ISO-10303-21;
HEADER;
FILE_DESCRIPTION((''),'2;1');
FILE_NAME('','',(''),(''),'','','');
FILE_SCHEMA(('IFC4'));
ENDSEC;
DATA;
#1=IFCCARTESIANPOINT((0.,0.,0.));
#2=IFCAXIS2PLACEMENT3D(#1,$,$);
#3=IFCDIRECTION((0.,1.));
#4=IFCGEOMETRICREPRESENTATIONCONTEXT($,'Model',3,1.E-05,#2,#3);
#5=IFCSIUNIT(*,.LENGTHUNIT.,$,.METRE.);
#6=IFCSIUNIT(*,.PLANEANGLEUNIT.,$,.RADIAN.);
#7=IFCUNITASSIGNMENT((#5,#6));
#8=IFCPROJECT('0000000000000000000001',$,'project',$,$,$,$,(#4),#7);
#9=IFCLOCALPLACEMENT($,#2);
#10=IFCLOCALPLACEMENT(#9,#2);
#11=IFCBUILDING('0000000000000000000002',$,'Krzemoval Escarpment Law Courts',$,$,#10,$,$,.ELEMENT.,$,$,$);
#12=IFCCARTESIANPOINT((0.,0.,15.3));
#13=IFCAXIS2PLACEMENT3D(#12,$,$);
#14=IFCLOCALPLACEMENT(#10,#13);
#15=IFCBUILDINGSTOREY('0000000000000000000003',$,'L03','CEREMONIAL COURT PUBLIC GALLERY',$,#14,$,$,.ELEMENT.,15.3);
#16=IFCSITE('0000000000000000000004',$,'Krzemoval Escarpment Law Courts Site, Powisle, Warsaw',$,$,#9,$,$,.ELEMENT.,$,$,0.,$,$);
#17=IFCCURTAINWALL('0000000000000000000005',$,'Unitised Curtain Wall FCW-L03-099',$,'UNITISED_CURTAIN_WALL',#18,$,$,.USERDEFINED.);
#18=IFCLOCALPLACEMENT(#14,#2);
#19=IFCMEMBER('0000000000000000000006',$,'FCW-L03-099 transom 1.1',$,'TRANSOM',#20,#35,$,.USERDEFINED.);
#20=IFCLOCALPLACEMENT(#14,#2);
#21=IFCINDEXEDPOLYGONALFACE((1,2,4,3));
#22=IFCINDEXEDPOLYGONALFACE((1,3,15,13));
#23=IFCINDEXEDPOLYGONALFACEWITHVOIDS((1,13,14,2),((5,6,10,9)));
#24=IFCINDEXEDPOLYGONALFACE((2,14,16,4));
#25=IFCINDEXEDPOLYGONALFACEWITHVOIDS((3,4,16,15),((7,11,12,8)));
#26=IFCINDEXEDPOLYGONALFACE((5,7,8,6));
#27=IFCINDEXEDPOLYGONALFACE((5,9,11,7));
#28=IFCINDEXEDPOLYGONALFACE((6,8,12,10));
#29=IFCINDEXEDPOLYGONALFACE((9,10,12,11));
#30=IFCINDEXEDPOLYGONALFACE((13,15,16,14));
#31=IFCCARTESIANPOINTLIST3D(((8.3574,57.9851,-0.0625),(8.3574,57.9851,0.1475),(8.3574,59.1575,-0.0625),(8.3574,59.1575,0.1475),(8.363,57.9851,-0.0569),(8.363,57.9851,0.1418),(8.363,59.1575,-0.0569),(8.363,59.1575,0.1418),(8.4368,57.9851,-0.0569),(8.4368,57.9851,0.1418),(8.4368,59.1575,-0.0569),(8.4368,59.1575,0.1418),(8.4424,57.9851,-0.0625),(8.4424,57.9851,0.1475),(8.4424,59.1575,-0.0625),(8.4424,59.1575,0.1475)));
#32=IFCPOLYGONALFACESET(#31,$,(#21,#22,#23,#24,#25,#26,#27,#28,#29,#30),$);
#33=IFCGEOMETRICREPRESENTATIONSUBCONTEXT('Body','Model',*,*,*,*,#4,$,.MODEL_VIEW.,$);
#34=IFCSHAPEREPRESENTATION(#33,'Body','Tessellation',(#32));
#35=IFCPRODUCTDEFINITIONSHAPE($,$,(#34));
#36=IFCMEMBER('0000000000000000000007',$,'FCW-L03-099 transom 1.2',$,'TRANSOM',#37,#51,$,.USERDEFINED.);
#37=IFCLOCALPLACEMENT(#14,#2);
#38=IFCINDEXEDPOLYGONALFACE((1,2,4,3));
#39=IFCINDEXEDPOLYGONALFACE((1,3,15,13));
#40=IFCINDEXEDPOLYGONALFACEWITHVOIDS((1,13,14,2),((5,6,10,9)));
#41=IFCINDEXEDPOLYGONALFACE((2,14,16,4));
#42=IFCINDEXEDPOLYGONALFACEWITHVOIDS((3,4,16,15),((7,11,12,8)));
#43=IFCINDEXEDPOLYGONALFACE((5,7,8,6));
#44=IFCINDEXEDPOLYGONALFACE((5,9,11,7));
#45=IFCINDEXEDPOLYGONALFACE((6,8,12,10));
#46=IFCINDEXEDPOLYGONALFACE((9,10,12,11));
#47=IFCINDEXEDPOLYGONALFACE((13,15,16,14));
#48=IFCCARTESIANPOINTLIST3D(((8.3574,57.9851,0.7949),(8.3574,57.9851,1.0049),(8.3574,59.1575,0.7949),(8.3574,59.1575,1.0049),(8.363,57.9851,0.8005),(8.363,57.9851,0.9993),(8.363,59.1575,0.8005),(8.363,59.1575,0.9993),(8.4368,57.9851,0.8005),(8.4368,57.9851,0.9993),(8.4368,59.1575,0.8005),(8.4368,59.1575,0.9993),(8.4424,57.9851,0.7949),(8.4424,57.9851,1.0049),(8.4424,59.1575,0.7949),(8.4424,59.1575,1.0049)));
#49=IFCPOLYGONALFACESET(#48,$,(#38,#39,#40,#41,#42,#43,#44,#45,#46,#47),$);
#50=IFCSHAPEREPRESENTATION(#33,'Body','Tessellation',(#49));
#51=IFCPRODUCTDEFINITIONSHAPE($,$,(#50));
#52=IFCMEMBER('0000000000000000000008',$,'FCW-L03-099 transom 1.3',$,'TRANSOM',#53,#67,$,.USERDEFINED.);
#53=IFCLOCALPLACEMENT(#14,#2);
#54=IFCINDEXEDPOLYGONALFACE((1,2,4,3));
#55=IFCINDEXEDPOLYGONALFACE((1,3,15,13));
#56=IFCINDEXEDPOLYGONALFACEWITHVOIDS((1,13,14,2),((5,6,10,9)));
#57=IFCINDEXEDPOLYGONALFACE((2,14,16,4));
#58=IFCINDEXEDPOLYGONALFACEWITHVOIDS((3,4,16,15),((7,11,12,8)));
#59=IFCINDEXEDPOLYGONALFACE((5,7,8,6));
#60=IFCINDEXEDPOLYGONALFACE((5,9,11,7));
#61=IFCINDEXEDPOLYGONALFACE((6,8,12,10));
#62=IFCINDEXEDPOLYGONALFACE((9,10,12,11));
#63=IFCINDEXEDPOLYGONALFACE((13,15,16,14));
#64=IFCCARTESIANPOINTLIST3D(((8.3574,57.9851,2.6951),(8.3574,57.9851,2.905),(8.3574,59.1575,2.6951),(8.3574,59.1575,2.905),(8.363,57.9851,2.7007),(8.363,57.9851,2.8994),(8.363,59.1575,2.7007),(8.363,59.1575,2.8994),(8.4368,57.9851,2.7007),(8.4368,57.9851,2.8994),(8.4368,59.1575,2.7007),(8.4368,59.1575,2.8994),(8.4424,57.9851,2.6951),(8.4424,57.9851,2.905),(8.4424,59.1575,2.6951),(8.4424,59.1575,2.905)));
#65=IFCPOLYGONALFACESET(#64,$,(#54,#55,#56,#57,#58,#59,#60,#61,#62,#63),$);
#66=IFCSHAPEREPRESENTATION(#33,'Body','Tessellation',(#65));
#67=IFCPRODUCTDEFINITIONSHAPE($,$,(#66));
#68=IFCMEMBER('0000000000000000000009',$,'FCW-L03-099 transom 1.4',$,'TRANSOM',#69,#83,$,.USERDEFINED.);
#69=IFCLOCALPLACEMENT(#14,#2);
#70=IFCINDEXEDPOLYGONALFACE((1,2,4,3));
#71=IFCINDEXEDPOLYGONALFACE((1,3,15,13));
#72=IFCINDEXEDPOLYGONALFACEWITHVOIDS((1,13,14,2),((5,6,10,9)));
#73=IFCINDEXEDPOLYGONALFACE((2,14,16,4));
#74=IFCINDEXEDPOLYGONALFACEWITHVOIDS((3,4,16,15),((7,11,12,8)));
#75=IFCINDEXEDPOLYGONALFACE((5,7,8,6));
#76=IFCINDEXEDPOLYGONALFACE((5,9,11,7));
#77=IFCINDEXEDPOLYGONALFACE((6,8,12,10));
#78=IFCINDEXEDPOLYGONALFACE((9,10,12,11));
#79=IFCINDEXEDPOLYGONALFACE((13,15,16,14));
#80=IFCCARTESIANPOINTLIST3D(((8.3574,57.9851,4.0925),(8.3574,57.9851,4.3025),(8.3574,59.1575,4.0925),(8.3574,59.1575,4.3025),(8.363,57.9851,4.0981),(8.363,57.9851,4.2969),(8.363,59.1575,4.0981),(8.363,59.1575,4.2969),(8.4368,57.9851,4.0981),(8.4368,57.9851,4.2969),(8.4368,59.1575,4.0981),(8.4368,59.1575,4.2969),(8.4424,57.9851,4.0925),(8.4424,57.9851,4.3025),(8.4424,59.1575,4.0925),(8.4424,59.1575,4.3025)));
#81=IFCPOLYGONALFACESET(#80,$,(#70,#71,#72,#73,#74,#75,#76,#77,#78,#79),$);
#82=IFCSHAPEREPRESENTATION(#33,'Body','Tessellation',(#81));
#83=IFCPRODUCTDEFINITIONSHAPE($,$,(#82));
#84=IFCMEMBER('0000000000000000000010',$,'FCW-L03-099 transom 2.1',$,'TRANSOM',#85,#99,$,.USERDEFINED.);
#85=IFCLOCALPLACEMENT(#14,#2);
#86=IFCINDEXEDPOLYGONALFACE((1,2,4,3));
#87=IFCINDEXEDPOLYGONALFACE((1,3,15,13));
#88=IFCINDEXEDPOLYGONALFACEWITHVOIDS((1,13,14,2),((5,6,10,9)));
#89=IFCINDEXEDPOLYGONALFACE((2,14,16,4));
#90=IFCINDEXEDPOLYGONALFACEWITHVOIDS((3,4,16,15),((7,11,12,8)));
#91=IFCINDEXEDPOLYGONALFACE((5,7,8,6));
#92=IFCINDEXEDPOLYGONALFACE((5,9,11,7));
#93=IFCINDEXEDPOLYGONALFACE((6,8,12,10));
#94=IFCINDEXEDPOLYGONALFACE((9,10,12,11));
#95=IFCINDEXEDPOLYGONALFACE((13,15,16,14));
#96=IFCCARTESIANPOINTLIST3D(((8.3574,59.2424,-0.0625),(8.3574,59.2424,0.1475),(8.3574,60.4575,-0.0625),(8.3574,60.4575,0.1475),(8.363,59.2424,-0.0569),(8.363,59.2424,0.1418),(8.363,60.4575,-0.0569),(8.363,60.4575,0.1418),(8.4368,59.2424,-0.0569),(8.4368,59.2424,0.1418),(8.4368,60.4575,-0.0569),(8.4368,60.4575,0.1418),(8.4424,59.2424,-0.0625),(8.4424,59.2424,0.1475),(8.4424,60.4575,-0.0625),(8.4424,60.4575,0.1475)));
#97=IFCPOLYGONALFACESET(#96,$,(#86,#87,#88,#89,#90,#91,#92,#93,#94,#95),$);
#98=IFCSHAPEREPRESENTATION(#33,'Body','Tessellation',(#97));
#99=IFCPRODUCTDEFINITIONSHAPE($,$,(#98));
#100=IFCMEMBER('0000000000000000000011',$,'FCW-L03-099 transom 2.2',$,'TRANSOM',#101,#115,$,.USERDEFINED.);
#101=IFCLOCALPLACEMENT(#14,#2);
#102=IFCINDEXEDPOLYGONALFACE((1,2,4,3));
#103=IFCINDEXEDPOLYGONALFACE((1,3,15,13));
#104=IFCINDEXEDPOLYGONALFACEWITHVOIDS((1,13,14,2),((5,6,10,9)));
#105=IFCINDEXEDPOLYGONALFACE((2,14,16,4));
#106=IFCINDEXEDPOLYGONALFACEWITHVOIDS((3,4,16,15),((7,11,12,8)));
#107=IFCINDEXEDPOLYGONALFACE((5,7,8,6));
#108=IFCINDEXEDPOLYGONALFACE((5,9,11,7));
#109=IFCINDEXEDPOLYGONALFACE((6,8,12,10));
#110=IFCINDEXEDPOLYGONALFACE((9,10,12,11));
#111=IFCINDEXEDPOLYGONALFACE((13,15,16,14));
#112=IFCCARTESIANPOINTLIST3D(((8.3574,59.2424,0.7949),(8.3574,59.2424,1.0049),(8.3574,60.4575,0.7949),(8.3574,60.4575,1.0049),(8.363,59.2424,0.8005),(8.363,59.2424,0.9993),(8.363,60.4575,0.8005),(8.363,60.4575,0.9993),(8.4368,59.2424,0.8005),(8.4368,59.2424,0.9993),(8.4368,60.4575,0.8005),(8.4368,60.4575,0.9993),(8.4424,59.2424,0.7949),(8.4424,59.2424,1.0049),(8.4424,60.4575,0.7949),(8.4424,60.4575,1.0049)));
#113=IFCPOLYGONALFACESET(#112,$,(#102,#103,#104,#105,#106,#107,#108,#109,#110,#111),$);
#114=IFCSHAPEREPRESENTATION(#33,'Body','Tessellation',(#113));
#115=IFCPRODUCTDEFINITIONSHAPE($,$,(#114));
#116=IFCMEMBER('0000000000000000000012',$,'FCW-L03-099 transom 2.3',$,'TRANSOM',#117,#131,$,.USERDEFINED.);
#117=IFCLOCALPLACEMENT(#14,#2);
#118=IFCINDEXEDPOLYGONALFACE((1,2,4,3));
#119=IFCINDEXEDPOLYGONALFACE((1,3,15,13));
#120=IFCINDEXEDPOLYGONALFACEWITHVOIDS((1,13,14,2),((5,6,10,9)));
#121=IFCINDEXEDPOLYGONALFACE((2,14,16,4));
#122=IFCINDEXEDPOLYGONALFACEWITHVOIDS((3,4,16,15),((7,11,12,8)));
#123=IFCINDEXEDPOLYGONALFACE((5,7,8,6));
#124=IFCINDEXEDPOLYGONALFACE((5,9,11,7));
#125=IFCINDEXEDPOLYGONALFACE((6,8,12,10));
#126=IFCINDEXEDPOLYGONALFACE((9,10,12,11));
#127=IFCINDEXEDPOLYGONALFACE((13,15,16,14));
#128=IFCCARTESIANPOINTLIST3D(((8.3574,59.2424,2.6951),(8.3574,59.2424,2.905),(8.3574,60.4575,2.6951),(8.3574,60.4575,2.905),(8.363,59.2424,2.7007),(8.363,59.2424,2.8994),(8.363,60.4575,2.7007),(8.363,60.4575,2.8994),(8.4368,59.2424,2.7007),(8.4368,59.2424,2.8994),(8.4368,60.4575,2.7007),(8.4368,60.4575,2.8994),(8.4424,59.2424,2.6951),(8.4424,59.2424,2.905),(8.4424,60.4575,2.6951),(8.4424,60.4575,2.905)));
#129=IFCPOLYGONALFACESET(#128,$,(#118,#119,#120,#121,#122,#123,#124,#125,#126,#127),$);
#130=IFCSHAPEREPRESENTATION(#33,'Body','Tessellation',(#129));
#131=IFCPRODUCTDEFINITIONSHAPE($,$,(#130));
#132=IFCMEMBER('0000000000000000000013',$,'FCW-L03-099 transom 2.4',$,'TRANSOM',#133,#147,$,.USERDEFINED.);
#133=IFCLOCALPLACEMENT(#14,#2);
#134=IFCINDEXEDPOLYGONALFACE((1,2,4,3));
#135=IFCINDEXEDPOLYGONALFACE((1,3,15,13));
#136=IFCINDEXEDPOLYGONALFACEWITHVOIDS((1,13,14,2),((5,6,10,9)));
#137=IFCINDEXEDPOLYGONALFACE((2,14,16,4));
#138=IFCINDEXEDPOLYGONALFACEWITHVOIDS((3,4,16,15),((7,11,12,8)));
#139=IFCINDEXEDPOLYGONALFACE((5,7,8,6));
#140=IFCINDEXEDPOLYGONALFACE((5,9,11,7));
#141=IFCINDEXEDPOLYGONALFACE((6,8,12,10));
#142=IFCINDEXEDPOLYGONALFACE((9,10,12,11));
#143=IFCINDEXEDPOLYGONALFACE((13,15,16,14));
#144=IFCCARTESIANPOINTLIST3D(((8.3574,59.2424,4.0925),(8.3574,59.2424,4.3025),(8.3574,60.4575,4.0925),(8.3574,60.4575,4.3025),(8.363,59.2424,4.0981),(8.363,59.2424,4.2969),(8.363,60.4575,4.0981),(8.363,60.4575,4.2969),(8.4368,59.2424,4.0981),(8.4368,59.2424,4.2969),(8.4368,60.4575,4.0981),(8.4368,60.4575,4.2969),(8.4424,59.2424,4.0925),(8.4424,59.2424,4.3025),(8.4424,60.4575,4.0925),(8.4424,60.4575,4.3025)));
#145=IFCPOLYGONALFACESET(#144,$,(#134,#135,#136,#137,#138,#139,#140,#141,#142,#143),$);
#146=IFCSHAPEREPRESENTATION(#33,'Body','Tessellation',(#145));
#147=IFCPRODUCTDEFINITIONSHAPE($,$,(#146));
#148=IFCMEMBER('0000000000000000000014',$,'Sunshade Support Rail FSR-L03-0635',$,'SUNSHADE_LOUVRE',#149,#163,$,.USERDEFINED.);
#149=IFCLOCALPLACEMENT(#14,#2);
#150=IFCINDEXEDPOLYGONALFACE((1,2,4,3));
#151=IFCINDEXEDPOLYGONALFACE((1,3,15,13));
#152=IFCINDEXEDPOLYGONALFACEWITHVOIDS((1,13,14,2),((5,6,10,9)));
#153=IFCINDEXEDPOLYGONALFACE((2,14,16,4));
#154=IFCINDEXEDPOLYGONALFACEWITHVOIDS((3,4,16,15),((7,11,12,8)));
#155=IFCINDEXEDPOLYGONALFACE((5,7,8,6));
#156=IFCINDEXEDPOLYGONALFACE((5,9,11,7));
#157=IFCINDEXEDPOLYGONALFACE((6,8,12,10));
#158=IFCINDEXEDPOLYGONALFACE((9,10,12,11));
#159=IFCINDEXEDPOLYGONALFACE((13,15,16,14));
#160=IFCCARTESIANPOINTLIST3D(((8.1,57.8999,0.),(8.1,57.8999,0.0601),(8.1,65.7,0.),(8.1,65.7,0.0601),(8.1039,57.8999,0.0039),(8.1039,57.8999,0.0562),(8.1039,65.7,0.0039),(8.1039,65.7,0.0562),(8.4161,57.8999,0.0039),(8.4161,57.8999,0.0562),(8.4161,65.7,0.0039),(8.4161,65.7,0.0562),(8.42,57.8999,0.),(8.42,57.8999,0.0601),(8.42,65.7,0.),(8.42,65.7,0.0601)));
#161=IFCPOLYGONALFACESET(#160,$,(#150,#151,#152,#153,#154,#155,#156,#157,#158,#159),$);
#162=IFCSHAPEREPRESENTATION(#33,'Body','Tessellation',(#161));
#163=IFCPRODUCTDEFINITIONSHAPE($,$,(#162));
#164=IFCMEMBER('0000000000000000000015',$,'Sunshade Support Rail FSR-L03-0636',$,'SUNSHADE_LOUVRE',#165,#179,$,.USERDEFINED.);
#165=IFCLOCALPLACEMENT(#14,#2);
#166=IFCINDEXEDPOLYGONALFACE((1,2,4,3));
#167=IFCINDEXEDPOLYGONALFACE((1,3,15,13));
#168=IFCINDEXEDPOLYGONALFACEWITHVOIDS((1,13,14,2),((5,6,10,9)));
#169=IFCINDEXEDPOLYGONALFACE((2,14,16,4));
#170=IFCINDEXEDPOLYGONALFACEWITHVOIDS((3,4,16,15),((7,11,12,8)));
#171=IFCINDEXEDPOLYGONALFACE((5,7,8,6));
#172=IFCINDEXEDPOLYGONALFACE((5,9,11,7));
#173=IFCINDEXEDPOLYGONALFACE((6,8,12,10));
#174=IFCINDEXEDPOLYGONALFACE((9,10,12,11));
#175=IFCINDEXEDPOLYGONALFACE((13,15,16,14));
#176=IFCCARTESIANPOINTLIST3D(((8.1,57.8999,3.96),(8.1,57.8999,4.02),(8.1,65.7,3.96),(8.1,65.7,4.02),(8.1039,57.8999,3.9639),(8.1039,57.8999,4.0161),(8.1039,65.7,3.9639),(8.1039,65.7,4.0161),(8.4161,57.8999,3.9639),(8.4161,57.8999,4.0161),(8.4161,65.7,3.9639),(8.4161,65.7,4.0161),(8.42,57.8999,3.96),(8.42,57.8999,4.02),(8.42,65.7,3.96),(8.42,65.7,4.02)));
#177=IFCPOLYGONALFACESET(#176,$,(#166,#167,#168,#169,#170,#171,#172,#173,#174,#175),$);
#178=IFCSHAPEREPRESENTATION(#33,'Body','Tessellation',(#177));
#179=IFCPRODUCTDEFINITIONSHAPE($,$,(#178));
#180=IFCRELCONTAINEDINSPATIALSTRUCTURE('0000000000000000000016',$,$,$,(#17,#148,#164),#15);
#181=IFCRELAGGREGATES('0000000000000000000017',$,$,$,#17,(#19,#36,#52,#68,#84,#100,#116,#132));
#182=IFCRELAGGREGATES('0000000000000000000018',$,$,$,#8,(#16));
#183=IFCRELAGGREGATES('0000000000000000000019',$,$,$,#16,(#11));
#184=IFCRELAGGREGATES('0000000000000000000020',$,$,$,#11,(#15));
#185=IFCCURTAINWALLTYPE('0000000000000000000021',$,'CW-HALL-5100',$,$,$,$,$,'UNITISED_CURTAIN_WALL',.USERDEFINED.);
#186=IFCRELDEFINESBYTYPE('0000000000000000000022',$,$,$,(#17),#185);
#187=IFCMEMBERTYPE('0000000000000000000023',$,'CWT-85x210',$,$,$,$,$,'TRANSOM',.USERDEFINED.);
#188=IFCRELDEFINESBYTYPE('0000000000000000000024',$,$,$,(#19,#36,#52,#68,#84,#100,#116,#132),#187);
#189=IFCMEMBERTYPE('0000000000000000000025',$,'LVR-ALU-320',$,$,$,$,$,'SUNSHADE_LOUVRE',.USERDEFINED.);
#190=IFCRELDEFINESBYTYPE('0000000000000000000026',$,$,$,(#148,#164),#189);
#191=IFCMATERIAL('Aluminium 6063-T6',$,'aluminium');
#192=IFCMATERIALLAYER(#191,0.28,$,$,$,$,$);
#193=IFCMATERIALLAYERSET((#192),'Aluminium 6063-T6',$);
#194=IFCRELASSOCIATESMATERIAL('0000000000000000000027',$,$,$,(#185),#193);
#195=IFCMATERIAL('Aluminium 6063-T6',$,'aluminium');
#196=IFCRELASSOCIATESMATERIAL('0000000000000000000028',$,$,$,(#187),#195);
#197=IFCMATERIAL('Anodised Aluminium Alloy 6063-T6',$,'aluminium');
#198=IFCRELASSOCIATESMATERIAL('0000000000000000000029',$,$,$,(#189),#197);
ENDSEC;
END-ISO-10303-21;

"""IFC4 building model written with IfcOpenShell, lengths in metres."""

from ifc_helpers import new_model, si_unit, direction, frame, origin, origin_2d, place, context, subcontext, project, spatial, hollow_rectangle, extrude, material, layer, layer_set, material_profile, profile_set, type_object, element, aggregate, save


model = new_model("IFC4")

# Units and contexts
model_context = context("Model", 3, precision=1e-05, world=origin(), true_north=direction((0.0, 1.0)))
body_context = subcontext(model_context, "Body", "Model", "MODEL_VIEW")
ifc_project = project(units=[si_unit("LENGTHUNIT", "METRE"), si_unit("PLANEANGLEUNIT", "RADIAN")], contexts=[model_context])

# Site, building, storey
site_placement = place(None, origin())
site = spatial("IfcSite", under=ifc_project, at=site_placement, Name="Krzemoval Escarpment Law Courts Site, Powisle, Warsaw", CompositionType="ELEMENT", RefElevation=0.0)
building_placement = place(site_placement, origin())
building = spatial("IfcBuilding", under=site, at=building_placement, Name="Krzemoval Escarpment Law Courts", CompositionType="ELEMENT")
storey_placement = place(building_placement, frame((0.0, 0.0, 15.3)))
storey = spatial("IfcBuildingStorey", under=building, at=storey_placement, Name="L03", Description="CEREMONIAL COURT PUBLIC GALLERY", CompositionType="ELEMENT", Elevation=15.3)

# Shared definitions
ifc_material_1 = material(Name="Aluminium 6063-T6", Category="aluminium")
ifc_layer_1 = layer(ifc_material_1, 0.28)
ifc_layer_set_1 = layer_set([ifc_layer_1], Name="Aluminium 6063-T6")
curtain_wall_type = type_object("IfcCurtainWallType", Name="CW-HALL-5100", ElementType="UNITISED_CURTAIN_WALL", PredefinedType="USERDEFINED", material=ifc_layer_set_1)

# Curtain wall
curtain_wall_1_placement = place(storey_placement, origin())
curtain_wall_1 = element("IfcCurtainWall", 1, at=curtain_wall_1_placement, inside=storey, type_object=curtain_wall_type, Name="Unitised Curtain Wall FCW-L03-099", ObjectType="UNITISED_CURTAIN_WALL", PredefinedType="USERDEFINED")

# Members
ifc_material_2 = material(Name="Aluminium 6063-T6", Category="aluminium")
ifc_material_profile_1 = material_profile(ifc_material_2, hollow_rectangle(XDim=0.085, YDim=0.21, WallThickness=0.0056, at=origin_2d()), Name="ALU T85x210")
ifc_profile_set_1 = profile_set([ifc_material_profile_1], Name="Aluminium 6063-T6")
member_type_1 = type_object("IfcMemberType", Name="CWT-85x210", ElementType="TRANSOM", PredefinedType="USERDEFINED", material=ifc_profile_set_1)
member_1_placement = place(storey_placement, frame((8.3999, 57.9851, 0.0425), z_axis=(0.0, 1.0, 0.0), x_axis=(-1.0, 0.0, 0.0)))
member_1 = element("IfcMember", 2, at=member_1_placement, type_object=member_type_1, Name="FCW-L03-099 transom 1.1", ObjectType="TRANSOM", PredefinedType="USERDEFINED", context=body_context, shape_type="SweptSolid", body=[
    extrude(hollow_rectangle(XDim=0.085, YDim=0.21, WallThickness=0.0056, at=origin_2d()), origin(), (0.0, 0.0, 1.0), 1.1724),
])
member_2_placement = place(storey_placement, frame((8.3999, 57.9851, 0.8999), z_axis=(0.0, 1.0, 0.0), x_axis=(-1.0, 0.0, 0.0)))
member_2 = element("IfcMember", 3, at=member_2_placement, type_object=member_type_1, Name="FCW-L03-099 transom 1.2", ObjectType="TRANSOM", PredefinedType="USERDEFINED", context=body_context, shape_type="SweptSolid", body=[
    extrude(hollow_rectangle(XDim=0.085, YDim=0.21, WallThickness=0.0056, at=origin_2d()), origin(), (0.0, 0.0, 1.0), 1.1724),
])
member_3_placement = place(storey_placement, frame((8.3999, 57.9851, 2.8), z_axis=(0.0, 1.0, 0.0), x_axis=(-1.0, 0.0, 0.0)))
member_3 = element("IfcMember", 4, at=member_3_placement, type_object=member_type_1, Name="FCW-L03-099 transom 1.3", ObjectType="TRANSOM", PredefinedType="USERDEFINED", context=body_context, shape_type="SweptSolid", body=[
    extrude(hollow_rectangle(XDim=0.085, YDim=0.21, WallThickness=0.0056, at=origin_2d()), origin(), (0.0, 0.0, 1.0), 1.1724),
])
member_4_placement = place(storey_placement, frame((8.3999, 57.9851, 4.1975), z_axis=(0.0, 1.0, 0.0), x_axis=(-1.0, 0.0, 0.0)))
member_4 = element("IfcMember", 5, at=member_4_placement, type_object=member_type_1, Name="FCW-L03-099 transom 1.4", ObjectType="TRANSOM", PredefinedType="USERDEFINED", context=body_context, shape_type="SweptSolid", body=[
    extrude(hollow_rectangle(XDim=0.085, YDim=0.21, WallThickness=0.0056, at=origin_2d()), origin(), (0.0, 0.0, 1.0), 1.1724),
])
member_5_placement = place(storey_placement, frame((8.3999, 59.2424, 0.0425), z_axis=(0.0, 1.0, 0.0), x_axis=(-1.0, 0.0, 0.0)))
member_5 = element("IfcMember", 6, at=member_5_placement, type_object=member_type_1, Name="FCW-L03-099 transom 2.1", ObjectType="TRANSOM", PredefinedType="USERDEFINED", context=body_context, shape_type="SweptSolid", body=[
    extrude(hollow_rectangle(XDim=0.085, YDim=0.21, WallThickness=0.0056, at=origin_2d()), origin(), (0.0, 0.0, 1.0), 1.2151),
])
member_6_placement = place(storey_placement, frame((8.3999, 59.2424, 0.8999), z_axis=(0.0, 1.0, 0.0), x_axis=(-1.0, 0.0, 0.0)))
member_6 = element("IfcMember", 7, at=member_6_placement, type_object=member_type_1, Name="FCW-L03-099 transom 2.2", ObjectType="TRANSOM", PredefinedType="USERDEFINED", context=body_context, shape_type="SweptSolid", body=[
    extrude(hollow_rectangle(XDim=0.085, YDim=0.21, WallThickness=0.0056, at=origin_2d()), origin(), (0.0, 0.0, 1.0), 1.2151),
])
member_7_placement = place(storey_placement, frame((8.3999, 59.2424, 2.8), z_axis=(0.0, 1.0, 0.0), x_axis=(-1.0, 0.0, 0.0)))
member_7 = element("IfcMember", 8, at=member_7_placement, type_object=member_type_1, Name="FCW-L03-099 transom 2.3", ObjectType="TRANSOM", PredefinedType="USERDEFINED", context=body_context, shape_type="SweptSolid", body=[
    extrude(hollow_rectangle(XDim=0.085, YDim=0.21, WallThickness=0.0056, at=origin_2d()), origin(), (0.0, 0.0, 1.0), 1.2151),
])
member_8_placement = place(storey_placement, frame((8.3999, 59.2424, 4.1975), z_axis=(0.0, 1.0, 0.0), x_axis=(-1.0, 0.0, 0.0)))
member_8 = element("IfcMember", 9, at=member_8_placement, type_object=member_type_1, Name="FCW-L03-099 transom 2.4", ObjectType="TRANSOM", PredefinedType="USERDEFINED", context=body_context, shape_type="SweptSolid", body=[
    extrude(hollow_rectangle(XDim=0.085, YDim=0.21, WallThickness=0.0056, at=origin_2d()), origin(), (0.0, 0.0, 1.0), 1.2151),
])

# Members
ifc_material_3 = material(Name="Anodised Aluminium Alloy 6063-T6", Category="aluminium")
ifc_material_profile_2 = material_profile(ifc_material_3, hollow_rectangle(XDim=0.0601, YDim=0.3201, WallThickness=0.0039, at=origin_2d()), Name="ALU LVR 60x320")
ifc_profile_set_2 = profile_set([ifc_material_profile_2], Name="Anodised Aluminium Alloy 6063-T6")
member_type_2 = type_object("IfcMemberType", Name="LVR-ALU-320", ElementType="SUNSHADE_LOUVRE", PredefinedType="USERDEFINED", material=ifc_profile_set_2)
for number, where, z_axis, x_axis, name in (
    (10, (8.26, 57.8999, 0.03), (0.0, 1.0, 0.0), (0.0, 0.0, 1.0), "Sunshade Support Rail FSR-L03-0635"),
    (11, (8.26, 57.8999, 3.99), (0.0, 1.0, 0.0), (0.0, 0.0, 1.0), "Sunshade Support Rail FSR-L03-0636"),
):
    element("IfcMember", number, at=place(storey_placement, frame(where, z_axis=z_axis, x_axis=x_axis)), inside=storey, type_object=member_type_2, Name=name, ObjectType="SUNSHADE_LOUVRE", PredefinedType="USERDEFINED", context=body_context, shape_type="SweptSolid", body=[
        extrude(hollow_rectangle(XDim=0.0601, YDim=0.3201, WallThickness=0.0039, at=origin_2d()), origin(), (0.0, 0.0, 1.0), 7.8),
    ])

aggregate(curtain_wall_1, [member_1, member_2, member_3, member_4, member_5, member_6, member_7, member_8])

save(model, "model.ifc")
